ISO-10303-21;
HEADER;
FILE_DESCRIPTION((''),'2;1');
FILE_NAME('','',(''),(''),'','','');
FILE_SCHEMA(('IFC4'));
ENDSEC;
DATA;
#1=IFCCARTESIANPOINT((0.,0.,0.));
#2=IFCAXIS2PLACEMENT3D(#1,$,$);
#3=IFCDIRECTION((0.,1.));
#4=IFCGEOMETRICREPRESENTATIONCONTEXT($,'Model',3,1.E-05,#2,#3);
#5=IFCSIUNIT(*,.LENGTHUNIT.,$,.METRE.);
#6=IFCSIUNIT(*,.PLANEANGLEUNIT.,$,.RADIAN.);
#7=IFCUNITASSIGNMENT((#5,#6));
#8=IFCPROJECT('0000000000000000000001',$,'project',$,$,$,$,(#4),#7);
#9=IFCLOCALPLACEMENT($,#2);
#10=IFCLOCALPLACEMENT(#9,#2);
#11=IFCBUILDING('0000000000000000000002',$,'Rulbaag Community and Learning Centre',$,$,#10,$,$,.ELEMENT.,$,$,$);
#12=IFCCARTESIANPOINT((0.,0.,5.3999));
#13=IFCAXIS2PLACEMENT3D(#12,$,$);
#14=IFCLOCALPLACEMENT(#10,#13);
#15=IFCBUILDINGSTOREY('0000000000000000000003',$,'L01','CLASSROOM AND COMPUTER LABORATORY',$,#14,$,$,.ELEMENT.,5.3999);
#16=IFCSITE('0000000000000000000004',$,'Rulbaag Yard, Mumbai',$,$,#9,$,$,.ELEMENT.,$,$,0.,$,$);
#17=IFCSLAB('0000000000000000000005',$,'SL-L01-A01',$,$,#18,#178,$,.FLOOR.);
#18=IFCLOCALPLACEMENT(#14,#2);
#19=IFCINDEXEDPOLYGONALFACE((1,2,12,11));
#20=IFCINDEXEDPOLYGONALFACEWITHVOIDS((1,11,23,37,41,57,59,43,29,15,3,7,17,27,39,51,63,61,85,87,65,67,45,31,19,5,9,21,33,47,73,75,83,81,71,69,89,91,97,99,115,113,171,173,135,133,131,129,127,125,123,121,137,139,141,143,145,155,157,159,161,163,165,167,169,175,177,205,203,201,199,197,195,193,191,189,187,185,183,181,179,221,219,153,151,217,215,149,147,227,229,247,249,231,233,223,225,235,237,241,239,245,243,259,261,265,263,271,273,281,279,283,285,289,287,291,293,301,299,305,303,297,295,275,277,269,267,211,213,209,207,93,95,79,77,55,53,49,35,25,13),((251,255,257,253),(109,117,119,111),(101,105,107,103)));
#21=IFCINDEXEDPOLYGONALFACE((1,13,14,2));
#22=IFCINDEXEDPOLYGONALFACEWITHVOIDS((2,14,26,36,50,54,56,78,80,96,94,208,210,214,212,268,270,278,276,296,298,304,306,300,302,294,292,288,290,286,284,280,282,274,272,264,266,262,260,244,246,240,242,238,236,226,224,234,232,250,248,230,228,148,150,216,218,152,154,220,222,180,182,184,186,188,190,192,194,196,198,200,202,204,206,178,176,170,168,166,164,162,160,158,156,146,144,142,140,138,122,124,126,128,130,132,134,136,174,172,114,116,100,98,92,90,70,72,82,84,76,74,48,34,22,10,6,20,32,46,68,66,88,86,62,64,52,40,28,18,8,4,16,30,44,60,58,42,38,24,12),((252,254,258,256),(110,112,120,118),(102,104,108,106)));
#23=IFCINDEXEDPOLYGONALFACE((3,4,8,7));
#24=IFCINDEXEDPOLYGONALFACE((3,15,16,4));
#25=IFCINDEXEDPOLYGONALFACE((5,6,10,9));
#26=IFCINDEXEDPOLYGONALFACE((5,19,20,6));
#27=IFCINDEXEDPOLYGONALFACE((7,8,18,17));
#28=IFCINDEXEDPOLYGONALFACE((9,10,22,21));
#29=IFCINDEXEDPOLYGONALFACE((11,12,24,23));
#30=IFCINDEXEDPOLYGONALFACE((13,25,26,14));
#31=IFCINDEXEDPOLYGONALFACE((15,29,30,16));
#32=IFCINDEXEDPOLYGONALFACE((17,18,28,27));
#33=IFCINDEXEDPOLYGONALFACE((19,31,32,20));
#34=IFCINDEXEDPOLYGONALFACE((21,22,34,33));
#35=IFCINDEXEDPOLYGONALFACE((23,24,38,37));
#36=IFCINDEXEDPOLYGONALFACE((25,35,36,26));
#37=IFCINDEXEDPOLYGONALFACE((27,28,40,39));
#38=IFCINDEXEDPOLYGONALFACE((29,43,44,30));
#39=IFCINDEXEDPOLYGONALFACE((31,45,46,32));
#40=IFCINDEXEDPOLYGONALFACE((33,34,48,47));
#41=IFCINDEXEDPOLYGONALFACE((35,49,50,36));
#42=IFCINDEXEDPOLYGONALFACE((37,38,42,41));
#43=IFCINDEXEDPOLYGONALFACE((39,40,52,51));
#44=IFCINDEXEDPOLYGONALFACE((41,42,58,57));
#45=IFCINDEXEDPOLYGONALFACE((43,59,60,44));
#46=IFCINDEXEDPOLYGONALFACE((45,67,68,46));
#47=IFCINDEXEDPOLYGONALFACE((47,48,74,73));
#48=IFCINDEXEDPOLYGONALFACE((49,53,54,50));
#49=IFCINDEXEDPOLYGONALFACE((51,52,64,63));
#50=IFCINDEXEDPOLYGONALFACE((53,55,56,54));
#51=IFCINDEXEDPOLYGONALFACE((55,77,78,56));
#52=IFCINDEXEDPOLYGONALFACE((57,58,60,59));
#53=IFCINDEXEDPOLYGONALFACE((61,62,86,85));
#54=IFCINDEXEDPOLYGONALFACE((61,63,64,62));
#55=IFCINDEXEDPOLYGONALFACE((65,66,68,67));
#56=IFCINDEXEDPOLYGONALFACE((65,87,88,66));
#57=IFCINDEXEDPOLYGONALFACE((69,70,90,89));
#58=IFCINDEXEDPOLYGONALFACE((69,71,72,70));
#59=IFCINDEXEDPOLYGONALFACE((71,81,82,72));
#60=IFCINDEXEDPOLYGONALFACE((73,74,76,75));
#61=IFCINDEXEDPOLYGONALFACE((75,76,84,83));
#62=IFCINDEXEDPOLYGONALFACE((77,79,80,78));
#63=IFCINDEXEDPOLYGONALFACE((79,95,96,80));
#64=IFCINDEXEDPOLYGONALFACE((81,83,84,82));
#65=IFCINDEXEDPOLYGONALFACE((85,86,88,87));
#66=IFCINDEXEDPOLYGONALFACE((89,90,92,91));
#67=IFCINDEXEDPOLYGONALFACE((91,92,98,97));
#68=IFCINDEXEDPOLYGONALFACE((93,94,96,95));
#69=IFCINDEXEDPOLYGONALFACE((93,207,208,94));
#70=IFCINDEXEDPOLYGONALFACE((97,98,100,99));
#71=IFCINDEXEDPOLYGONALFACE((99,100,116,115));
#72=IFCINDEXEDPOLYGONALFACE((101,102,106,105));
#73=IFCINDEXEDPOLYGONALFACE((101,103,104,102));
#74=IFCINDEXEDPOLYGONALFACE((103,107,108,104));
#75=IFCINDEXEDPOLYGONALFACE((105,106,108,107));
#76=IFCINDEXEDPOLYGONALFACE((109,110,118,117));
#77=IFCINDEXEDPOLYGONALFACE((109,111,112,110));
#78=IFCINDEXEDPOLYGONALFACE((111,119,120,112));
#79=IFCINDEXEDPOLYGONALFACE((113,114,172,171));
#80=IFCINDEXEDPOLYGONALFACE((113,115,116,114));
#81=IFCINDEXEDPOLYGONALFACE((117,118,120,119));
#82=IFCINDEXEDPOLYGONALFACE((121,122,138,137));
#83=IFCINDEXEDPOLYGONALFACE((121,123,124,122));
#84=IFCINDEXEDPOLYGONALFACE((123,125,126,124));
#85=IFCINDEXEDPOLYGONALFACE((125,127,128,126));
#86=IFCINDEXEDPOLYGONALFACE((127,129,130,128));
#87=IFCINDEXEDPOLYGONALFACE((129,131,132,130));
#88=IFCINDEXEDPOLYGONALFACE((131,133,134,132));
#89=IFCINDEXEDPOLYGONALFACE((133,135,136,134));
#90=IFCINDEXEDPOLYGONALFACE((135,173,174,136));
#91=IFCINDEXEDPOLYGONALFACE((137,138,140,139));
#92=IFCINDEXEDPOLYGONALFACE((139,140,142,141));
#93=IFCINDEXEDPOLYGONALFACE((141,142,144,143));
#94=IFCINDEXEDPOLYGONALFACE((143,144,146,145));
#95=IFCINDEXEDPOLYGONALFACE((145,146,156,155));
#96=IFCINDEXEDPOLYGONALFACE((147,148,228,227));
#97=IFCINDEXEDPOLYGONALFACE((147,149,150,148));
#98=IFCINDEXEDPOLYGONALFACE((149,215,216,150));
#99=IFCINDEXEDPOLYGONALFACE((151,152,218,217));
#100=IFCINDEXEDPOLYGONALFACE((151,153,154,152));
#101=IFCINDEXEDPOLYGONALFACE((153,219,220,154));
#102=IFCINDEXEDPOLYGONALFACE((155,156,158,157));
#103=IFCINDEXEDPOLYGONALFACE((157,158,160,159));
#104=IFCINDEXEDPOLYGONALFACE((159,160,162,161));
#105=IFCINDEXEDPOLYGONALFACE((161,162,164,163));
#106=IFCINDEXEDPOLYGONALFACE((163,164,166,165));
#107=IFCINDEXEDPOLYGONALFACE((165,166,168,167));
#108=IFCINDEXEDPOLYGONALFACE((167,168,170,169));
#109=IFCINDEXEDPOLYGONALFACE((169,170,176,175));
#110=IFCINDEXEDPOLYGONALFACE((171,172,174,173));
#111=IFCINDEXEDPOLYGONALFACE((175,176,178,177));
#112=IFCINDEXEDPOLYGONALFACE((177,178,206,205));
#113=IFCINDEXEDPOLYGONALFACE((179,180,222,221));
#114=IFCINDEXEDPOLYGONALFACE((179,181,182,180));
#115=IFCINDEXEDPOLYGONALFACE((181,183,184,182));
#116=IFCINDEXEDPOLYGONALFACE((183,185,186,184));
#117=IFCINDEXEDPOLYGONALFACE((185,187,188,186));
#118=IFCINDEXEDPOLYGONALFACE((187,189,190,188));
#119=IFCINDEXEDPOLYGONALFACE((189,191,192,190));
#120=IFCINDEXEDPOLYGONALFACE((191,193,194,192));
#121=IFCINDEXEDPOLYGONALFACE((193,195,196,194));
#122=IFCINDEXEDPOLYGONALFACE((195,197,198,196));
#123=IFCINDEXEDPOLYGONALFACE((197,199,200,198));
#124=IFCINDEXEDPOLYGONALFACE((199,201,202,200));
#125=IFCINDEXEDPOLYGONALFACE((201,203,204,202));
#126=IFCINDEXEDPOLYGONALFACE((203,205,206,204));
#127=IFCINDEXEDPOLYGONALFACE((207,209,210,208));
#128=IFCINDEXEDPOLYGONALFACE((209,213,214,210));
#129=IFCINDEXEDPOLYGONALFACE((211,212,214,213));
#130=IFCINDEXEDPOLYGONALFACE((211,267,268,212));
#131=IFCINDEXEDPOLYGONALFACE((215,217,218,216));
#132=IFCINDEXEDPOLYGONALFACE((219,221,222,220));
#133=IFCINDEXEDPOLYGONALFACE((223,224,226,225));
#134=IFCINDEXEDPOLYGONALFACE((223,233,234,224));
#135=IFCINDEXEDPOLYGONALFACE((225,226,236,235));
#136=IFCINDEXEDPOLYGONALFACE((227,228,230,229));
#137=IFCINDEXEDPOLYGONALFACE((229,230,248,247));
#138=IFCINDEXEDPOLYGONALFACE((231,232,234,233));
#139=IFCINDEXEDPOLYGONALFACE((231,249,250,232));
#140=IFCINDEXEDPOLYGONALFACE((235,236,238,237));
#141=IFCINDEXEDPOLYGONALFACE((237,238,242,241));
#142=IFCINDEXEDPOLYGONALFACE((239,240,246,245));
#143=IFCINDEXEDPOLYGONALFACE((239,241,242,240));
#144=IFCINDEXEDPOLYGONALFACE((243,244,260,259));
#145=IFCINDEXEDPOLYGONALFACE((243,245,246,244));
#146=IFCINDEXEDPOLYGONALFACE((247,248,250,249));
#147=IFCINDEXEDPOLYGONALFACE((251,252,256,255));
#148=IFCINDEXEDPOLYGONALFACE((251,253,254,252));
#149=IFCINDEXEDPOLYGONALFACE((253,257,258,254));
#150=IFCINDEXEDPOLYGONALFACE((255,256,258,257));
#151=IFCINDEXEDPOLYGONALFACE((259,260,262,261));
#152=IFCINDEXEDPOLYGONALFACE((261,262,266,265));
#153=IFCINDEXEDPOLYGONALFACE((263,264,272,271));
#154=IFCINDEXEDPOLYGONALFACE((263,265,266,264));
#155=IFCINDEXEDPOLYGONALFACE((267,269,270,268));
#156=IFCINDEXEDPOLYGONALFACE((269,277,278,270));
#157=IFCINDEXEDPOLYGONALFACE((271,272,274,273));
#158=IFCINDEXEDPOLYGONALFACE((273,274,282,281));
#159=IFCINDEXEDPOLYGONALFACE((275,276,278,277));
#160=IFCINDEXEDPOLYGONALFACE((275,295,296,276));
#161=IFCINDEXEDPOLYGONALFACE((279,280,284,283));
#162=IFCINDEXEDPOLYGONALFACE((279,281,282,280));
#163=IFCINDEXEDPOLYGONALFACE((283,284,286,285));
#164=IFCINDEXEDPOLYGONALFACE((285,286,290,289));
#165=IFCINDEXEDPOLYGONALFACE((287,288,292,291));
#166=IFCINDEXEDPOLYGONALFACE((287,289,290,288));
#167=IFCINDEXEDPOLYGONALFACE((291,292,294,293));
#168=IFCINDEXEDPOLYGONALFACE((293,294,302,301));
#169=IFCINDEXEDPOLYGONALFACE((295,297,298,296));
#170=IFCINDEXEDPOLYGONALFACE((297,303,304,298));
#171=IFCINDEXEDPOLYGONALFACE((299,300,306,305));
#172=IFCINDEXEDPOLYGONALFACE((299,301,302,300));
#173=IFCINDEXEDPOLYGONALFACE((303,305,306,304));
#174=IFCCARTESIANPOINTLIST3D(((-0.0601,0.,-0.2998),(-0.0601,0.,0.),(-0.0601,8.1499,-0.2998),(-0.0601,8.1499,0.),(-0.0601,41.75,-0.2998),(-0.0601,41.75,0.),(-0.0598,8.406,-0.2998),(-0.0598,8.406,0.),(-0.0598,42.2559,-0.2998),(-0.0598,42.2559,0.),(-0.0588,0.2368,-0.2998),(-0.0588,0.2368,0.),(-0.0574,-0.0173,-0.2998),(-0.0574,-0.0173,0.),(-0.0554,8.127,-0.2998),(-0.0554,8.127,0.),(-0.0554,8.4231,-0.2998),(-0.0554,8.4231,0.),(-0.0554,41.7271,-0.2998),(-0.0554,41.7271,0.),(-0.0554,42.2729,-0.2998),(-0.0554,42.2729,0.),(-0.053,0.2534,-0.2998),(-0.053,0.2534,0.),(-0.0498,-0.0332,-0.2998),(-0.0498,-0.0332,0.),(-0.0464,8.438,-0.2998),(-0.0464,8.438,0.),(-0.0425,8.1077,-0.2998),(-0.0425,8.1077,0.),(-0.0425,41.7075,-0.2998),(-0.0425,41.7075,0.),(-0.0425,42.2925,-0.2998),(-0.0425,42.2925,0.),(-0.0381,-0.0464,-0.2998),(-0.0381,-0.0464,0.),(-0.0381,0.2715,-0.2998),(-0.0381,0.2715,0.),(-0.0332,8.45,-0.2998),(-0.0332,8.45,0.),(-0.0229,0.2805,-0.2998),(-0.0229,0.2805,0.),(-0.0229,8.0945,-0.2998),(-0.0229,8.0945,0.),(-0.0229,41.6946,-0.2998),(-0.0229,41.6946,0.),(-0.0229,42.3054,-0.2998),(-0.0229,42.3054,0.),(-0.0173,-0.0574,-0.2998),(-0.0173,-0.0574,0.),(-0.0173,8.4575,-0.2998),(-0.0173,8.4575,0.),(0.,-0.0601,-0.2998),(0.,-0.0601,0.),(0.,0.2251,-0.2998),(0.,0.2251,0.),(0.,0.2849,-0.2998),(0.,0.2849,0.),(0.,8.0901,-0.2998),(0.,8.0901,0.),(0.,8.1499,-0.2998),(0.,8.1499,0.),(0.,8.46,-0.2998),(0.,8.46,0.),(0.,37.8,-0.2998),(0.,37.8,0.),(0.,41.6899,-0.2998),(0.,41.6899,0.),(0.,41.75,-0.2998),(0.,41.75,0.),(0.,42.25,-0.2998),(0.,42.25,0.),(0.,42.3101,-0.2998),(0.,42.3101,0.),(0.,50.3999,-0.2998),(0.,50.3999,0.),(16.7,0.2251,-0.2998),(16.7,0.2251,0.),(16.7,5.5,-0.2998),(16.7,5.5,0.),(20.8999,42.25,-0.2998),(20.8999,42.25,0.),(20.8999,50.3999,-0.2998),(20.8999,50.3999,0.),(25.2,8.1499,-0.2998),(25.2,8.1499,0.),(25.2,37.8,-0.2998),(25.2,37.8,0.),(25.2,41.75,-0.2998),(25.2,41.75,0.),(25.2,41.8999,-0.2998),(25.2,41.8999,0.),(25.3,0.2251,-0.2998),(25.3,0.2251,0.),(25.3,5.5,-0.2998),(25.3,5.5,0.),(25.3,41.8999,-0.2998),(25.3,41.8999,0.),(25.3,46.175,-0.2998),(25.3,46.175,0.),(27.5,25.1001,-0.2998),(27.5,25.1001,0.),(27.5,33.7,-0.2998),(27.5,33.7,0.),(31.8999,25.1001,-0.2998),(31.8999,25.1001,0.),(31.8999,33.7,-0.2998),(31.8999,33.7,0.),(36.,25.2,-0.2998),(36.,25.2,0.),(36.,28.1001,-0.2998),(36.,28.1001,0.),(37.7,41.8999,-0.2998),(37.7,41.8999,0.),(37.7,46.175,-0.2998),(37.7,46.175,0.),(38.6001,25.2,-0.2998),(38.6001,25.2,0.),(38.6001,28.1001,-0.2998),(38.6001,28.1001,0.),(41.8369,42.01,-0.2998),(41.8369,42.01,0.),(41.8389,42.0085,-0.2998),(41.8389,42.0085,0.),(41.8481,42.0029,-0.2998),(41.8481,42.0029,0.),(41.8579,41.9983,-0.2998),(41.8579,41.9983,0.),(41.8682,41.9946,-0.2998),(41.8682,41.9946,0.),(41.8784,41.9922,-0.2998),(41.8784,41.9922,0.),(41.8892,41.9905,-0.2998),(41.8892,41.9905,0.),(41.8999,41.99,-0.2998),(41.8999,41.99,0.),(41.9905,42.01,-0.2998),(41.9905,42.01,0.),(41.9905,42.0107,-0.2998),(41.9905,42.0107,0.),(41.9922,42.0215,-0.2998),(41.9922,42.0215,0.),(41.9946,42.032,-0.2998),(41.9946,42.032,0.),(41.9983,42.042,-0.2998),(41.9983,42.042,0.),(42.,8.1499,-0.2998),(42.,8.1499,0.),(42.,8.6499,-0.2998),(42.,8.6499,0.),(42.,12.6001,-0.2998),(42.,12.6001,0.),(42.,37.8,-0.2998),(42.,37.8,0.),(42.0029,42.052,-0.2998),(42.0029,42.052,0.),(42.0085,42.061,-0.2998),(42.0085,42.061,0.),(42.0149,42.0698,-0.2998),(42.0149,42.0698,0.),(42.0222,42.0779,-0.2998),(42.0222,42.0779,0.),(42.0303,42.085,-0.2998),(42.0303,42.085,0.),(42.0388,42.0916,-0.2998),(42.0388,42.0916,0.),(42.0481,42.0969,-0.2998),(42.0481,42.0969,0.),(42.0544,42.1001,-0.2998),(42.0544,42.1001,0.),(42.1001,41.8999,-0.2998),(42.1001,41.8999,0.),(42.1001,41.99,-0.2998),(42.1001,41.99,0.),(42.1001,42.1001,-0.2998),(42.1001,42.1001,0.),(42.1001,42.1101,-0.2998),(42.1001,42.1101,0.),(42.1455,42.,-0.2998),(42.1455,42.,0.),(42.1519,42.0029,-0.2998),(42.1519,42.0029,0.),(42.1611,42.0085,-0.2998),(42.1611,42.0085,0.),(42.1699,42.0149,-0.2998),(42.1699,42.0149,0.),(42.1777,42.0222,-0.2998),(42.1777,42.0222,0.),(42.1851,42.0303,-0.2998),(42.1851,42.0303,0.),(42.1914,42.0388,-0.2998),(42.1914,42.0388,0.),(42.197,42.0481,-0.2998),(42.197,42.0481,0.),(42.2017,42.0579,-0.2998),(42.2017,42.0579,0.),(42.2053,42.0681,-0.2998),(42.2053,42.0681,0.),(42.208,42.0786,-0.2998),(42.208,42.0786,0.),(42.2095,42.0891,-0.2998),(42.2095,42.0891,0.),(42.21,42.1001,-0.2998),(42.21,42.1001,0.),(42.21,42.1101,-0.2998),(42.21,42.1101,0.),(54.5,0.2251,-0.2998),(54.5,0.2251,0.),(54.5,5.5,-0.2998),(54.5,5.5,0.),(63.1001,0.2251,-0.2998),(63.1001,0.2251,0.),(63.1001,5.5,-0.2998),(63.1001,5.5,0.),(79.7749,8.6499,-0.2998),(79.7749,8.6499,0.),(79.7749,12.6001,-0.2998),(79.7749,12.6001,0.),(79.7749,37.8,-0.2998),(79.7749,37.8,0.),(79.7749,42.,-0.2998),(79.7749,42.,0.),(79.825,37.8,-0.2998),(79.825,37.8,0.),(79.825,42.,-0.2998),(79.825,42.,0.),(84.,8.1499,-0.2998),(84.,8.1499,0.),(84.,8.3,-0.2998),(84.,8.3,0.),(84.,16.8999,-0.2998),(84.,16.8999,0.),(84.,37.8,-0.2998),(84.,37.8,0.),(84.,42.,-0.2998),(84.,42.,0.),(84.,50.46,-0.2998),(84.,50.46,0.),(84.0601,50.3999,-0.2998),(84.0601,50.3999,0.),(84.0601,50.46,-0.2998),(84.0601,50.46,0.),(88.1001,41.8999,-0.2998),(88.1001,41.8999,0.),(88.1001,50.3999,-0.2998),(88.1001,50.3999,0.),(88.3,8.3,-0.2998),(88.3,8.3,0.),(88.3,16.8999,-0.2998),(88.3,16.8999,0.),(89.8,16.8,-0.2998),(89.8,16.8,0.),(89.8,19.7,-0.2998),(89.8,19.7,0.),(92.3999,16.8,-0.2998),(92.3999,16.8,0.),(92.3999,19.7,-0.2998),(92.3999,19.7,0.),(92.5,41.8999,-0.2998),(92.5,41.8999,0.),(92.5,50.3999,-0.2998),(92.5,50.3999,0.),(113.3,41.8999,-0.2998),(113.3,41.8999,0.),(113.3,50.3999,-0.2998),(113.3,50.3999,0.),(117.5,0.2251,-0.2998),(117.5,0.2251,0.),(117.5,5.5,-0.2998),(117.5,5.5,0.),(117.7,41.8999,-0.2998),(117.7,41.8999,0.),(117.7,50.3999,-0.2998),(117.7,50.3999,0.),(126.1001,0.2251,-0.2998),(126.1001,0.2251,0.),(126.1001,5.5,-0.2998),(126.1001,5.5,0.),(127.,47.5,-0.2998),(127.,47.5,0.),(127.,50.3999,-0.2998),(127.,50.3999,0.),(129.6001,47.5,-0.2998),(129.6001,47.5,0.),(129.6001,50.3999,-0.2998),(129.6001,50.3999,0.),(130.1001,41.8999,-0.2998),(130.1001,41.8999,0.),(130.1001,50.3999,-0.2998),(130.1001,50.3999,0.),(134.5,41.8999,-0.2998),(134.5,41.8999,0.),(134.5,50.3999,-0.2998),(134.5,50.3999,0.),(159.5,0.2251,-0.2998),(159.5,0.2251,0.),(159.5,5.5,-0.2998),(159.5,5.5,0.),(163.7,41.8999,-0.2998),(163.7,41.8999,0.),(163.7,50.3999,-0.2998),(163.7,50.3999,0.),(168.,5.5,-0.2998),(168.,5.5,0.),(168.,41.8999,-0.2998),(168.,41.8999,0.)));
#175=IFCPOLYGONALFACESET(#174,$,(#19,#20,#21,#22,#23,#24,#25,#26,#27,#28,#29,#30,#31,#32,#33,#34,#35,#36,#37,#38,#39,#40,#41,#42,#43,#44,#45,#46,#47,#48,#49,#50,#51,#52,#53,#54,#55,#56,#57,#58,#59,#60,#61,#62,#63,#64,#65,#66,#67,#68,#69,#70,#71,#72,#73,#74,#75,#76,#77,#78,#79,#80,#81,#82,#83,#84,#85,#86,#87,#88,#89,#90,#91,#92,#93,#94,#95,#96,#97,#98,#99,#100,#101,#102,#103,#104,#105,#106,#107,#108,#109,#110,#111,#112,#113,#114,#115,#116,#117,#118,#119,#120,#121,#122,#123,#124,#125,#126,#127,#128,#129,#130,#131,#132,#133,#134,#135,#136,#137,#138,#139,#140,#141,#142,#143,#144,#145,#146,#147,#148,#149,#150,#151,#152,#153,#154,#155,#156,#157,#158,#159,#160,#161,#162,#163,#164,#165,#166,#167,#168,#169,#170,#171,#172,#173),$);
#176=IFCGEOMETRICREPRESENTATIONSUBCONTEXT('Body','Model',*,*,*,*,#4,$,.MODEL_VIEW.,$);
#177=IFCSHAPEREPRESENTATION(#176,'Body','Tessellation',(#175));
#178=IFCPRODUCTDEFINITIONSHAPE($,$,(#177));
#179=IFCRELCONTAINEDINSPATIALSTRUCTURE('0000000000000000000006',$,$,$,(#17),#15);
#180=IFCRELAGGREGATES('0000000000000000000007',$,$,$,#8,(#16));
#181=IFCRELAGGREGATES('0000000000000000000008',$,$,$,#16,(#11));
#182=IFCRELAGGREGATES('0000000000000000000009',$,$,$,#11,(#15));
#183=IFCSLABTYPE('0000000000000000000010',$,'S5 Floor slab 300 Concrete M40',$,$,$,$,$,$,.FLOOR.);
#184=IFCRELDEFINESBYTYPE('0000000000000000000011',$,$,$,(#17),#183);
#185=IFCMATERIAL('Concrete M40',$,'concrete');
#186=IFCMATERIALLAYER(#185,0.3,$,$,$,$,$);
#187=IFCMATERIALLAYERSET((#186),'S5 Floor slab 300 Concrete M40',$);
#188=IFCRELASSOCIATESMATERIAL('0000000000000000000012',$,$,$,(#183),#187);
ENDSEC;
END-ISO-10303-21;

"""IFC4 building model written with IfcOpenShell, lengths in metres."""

from ifc_helpers import new_model, si_unit, direction, frame, origin, place, context, subcontext, project, spatial, polyline, outline, extrude, material, layer, layer_set, type_object, element, save


model = new_model("IFC4")

# Units and contexts
model_context = context("Model", 3, precision=1e-05, world=origin(), true_north=direction((0.0, 1.0)))
body_context = subcontext(model_context, "Body", "Model", "MODEL_VIEW")
ifc_project = project(units=[si_unit("LENGTHUNIT", "METRE"), si_unit("PLANEANGLEUNIT", "RADIAN")], contexts=[model_context])

# Site, building, storey
site_placement = place(None, origin())
site = spatial("IfcSite", under=ifc_project, at=site_placement, Name="Rulbaag Yard, Mumbai", CompositionType="ELEMENT", RefElevation=0.0)
building_placement = place(site_placement, origin())
building = spatial("IfcBuilding", under=site, at=building_placement, Name="Rulbaag Community and Learning Centre", CompositionType="ELEMENT")
storey_placement = place(building_placement, frame((0.0, 0.0, 5.3999)))
storey = spatial("IfcBuildingStorey", under=building, at=storey_placement, Name="L01", Description="CLASSROOM AND COMPUTER LABORATORY", CompositionType="ELEMENT", Elevation=5.3999)

# Shared definitions
ifc_material_1 = material(Name="Concrete M40", Category="concrete")

# Slab
ifc_layer_1 = layer(ifc_material_1, 0.3)
ifc_layer_set_1 = layer_set([ifc_layer_1], Name="S5 Floor slab 300 Concrete M40")
slab_type = type_object("IfcSlabType", Name="S5 Floor slab 300 Concrete M40", PredefinedType="FLOOR", material=ifc_layer_set_1)
slab_placement = place(storey_placement, frame((0.0, 0.0, -0.2998)))
element("IfcSlab", 1, at=slab_placement, inside=storey, type_object=slab_type, Name="SL-L01-A01", PredefinedType="FLOOR", context=body_context, shape_type="SweptSolid", body=[
    extrude(outline(polyline([(25.2, 37.8), (0.0, 37.8), (0.0, 41.6899), (-0.0229, 41.6946), (-0.0425, 41.7075), (-0.0554, 41.7271), (-0.0601, 41.75), (-0.0598, 42.2559), (-0.0554, 42.2729), (-0.0425, 42.2925), (-0.0229, 42.3054), (0.0, 42.3101), (0.0, 50.3999), (20.8999, 50.3999), (20.8999, 42.25), (0.0, 42.25), (0.0, 41.75), (25.2, 41.75), (25.2, 41.8999), (25.3, 41.8999), (25.3, 46.175), (37.7, 46.175), (37.7, 41.8999), (42.1001, 41.8999), (42.1001, 41.99), (41.8999, 41.99), (41.8892, 41.9905), (41.8784, 41.9922), (41.8682, 41.9946), (41.8579, 41.9983), (41.8481, 42.0029), (41.8389, 42.0085), (41.8369, 42.01), (41.9905, 42.01), (41.9905, 42.0107), (41.9922, 42.0215), (41.9946, 42.032), (41.9983, 42.042), (42.0029, 42.052), (42.0085, 42.061), (42.0149, 42.0698), (42.0222, 42.0779), (42.0303, 42.085), (42.0388, 42.0916), (42.0481, 42.0969), (42.0544, 42.1001), (42.1001, 42.1001), (42.1001, 42.1101), (42.21, 42.1101), (42.21, 42.1001), (42.2095, 42.0891), (42.208, 42.0786), (42.2053, 42.0681), (42.2017, 42.0579), (42.197, 42.0481), (42.1914, 42.0388), (42.1851, 42.0303), (42.1777, 42.0222), (42.1699, 42.0149), (42.1611, 42.0085), (42.1519, 42.0029), (42.1455, 42.0), (79.7749, 42.0), (79.7749, 37.8), (42.0, 37.8), (42.0, 12.6001), (79.7749, 12.6001), (79.7749, 8.6499), (42.0, 8.6499), (42.0, 8.1499), (84.0, 8.1499), (84.0, 8.3), (88.3, 8.3), (88.3, 16.8999), (84.0, 16.8999), (84.0, 37.8), (79.825, 37.8), (79.825, 42.0), (84.0, 42.0), (84.0, 50.46), (84.0601, 50.46), (84.0601, 50.3999), (88.1001, 50.3999), (88.1001, 41.8999), (92.5, 41.8999), (92.5, 50.3999), (113.3, 50.3999), (113.3, 41.8999), (117.7, 41.8999), (117.7, 50.3999), (127.0, 50.3999), (127.0, 47.5), (129.6001, 47.5), (129.6001, 50.3999), (130.1001, 50.3999), (130.1001, 41.8999), (134.5, 41.8999), (134.5, 50.3999), (163.7, 50.3999), (163.7, 41.8999), (168.0, 41.8999), (168.0, 5.5), (159.5, 5.5), (159.5, 0.2251), (126.1001, 0.2251), (126.1001, 5.5), (117.5, 5.5), (117.5, 0.2251), (63.1001, 0.2251), (63.1001, 5.5), (54.5, 5.5), (54.5, 0.2251), (25.3, 0.2251), (25.3, 5.5), (16.7, 5.5), (16.7, 0.2251), (0.0, 0.2251), (0.0, -0.0601), (-0.0173, -0.0574), (-0.0381, -0.0464), (-0.0498, -0.0332), (-0.0574, -0.0173), (-0.0601, 0.0), (-0.0588, 0.2368), (-0.053, 0.2534), (-0.0381, 0.2715), (-0.0229, 0.2805), (0.0, 0.2849), (0.0, 8.0901), (-0.0229, 8.0945), (-0.0425, 8.1077), (-0.0554, 8.127), (-0.0601, 8.1499), (-0.0598, 8.406), (-0.0554, 8.4231), (-0.0464, 8.438), (-0.0332, 8.45), (-0.0173, 8.4575), (0.0, 8.46), (0.0, 8.1499), (25.2, 8.1499), (25.2, 37.8)]), holes=[polyline([(89.8, 16.8), (92.3999, 16.8), (92.3999, 19.7), (89.8, 19.7), (89.8, 16.8)]), polyline([(36.0, 25.2), (38.6001, 25.2), (38.6001, 28.1001), (36.0, 28.1001), (36.0, 25.2)]), polyline([(27.5, 25.1001), (31.8999, 25.1001), (31.8999, 33.7), (27.5, 33.7), (27.5, 25.1001)])]), origin(), (0.0, 0.0, 1.0), 0.2998),
])

save(model, "model.ifc")
